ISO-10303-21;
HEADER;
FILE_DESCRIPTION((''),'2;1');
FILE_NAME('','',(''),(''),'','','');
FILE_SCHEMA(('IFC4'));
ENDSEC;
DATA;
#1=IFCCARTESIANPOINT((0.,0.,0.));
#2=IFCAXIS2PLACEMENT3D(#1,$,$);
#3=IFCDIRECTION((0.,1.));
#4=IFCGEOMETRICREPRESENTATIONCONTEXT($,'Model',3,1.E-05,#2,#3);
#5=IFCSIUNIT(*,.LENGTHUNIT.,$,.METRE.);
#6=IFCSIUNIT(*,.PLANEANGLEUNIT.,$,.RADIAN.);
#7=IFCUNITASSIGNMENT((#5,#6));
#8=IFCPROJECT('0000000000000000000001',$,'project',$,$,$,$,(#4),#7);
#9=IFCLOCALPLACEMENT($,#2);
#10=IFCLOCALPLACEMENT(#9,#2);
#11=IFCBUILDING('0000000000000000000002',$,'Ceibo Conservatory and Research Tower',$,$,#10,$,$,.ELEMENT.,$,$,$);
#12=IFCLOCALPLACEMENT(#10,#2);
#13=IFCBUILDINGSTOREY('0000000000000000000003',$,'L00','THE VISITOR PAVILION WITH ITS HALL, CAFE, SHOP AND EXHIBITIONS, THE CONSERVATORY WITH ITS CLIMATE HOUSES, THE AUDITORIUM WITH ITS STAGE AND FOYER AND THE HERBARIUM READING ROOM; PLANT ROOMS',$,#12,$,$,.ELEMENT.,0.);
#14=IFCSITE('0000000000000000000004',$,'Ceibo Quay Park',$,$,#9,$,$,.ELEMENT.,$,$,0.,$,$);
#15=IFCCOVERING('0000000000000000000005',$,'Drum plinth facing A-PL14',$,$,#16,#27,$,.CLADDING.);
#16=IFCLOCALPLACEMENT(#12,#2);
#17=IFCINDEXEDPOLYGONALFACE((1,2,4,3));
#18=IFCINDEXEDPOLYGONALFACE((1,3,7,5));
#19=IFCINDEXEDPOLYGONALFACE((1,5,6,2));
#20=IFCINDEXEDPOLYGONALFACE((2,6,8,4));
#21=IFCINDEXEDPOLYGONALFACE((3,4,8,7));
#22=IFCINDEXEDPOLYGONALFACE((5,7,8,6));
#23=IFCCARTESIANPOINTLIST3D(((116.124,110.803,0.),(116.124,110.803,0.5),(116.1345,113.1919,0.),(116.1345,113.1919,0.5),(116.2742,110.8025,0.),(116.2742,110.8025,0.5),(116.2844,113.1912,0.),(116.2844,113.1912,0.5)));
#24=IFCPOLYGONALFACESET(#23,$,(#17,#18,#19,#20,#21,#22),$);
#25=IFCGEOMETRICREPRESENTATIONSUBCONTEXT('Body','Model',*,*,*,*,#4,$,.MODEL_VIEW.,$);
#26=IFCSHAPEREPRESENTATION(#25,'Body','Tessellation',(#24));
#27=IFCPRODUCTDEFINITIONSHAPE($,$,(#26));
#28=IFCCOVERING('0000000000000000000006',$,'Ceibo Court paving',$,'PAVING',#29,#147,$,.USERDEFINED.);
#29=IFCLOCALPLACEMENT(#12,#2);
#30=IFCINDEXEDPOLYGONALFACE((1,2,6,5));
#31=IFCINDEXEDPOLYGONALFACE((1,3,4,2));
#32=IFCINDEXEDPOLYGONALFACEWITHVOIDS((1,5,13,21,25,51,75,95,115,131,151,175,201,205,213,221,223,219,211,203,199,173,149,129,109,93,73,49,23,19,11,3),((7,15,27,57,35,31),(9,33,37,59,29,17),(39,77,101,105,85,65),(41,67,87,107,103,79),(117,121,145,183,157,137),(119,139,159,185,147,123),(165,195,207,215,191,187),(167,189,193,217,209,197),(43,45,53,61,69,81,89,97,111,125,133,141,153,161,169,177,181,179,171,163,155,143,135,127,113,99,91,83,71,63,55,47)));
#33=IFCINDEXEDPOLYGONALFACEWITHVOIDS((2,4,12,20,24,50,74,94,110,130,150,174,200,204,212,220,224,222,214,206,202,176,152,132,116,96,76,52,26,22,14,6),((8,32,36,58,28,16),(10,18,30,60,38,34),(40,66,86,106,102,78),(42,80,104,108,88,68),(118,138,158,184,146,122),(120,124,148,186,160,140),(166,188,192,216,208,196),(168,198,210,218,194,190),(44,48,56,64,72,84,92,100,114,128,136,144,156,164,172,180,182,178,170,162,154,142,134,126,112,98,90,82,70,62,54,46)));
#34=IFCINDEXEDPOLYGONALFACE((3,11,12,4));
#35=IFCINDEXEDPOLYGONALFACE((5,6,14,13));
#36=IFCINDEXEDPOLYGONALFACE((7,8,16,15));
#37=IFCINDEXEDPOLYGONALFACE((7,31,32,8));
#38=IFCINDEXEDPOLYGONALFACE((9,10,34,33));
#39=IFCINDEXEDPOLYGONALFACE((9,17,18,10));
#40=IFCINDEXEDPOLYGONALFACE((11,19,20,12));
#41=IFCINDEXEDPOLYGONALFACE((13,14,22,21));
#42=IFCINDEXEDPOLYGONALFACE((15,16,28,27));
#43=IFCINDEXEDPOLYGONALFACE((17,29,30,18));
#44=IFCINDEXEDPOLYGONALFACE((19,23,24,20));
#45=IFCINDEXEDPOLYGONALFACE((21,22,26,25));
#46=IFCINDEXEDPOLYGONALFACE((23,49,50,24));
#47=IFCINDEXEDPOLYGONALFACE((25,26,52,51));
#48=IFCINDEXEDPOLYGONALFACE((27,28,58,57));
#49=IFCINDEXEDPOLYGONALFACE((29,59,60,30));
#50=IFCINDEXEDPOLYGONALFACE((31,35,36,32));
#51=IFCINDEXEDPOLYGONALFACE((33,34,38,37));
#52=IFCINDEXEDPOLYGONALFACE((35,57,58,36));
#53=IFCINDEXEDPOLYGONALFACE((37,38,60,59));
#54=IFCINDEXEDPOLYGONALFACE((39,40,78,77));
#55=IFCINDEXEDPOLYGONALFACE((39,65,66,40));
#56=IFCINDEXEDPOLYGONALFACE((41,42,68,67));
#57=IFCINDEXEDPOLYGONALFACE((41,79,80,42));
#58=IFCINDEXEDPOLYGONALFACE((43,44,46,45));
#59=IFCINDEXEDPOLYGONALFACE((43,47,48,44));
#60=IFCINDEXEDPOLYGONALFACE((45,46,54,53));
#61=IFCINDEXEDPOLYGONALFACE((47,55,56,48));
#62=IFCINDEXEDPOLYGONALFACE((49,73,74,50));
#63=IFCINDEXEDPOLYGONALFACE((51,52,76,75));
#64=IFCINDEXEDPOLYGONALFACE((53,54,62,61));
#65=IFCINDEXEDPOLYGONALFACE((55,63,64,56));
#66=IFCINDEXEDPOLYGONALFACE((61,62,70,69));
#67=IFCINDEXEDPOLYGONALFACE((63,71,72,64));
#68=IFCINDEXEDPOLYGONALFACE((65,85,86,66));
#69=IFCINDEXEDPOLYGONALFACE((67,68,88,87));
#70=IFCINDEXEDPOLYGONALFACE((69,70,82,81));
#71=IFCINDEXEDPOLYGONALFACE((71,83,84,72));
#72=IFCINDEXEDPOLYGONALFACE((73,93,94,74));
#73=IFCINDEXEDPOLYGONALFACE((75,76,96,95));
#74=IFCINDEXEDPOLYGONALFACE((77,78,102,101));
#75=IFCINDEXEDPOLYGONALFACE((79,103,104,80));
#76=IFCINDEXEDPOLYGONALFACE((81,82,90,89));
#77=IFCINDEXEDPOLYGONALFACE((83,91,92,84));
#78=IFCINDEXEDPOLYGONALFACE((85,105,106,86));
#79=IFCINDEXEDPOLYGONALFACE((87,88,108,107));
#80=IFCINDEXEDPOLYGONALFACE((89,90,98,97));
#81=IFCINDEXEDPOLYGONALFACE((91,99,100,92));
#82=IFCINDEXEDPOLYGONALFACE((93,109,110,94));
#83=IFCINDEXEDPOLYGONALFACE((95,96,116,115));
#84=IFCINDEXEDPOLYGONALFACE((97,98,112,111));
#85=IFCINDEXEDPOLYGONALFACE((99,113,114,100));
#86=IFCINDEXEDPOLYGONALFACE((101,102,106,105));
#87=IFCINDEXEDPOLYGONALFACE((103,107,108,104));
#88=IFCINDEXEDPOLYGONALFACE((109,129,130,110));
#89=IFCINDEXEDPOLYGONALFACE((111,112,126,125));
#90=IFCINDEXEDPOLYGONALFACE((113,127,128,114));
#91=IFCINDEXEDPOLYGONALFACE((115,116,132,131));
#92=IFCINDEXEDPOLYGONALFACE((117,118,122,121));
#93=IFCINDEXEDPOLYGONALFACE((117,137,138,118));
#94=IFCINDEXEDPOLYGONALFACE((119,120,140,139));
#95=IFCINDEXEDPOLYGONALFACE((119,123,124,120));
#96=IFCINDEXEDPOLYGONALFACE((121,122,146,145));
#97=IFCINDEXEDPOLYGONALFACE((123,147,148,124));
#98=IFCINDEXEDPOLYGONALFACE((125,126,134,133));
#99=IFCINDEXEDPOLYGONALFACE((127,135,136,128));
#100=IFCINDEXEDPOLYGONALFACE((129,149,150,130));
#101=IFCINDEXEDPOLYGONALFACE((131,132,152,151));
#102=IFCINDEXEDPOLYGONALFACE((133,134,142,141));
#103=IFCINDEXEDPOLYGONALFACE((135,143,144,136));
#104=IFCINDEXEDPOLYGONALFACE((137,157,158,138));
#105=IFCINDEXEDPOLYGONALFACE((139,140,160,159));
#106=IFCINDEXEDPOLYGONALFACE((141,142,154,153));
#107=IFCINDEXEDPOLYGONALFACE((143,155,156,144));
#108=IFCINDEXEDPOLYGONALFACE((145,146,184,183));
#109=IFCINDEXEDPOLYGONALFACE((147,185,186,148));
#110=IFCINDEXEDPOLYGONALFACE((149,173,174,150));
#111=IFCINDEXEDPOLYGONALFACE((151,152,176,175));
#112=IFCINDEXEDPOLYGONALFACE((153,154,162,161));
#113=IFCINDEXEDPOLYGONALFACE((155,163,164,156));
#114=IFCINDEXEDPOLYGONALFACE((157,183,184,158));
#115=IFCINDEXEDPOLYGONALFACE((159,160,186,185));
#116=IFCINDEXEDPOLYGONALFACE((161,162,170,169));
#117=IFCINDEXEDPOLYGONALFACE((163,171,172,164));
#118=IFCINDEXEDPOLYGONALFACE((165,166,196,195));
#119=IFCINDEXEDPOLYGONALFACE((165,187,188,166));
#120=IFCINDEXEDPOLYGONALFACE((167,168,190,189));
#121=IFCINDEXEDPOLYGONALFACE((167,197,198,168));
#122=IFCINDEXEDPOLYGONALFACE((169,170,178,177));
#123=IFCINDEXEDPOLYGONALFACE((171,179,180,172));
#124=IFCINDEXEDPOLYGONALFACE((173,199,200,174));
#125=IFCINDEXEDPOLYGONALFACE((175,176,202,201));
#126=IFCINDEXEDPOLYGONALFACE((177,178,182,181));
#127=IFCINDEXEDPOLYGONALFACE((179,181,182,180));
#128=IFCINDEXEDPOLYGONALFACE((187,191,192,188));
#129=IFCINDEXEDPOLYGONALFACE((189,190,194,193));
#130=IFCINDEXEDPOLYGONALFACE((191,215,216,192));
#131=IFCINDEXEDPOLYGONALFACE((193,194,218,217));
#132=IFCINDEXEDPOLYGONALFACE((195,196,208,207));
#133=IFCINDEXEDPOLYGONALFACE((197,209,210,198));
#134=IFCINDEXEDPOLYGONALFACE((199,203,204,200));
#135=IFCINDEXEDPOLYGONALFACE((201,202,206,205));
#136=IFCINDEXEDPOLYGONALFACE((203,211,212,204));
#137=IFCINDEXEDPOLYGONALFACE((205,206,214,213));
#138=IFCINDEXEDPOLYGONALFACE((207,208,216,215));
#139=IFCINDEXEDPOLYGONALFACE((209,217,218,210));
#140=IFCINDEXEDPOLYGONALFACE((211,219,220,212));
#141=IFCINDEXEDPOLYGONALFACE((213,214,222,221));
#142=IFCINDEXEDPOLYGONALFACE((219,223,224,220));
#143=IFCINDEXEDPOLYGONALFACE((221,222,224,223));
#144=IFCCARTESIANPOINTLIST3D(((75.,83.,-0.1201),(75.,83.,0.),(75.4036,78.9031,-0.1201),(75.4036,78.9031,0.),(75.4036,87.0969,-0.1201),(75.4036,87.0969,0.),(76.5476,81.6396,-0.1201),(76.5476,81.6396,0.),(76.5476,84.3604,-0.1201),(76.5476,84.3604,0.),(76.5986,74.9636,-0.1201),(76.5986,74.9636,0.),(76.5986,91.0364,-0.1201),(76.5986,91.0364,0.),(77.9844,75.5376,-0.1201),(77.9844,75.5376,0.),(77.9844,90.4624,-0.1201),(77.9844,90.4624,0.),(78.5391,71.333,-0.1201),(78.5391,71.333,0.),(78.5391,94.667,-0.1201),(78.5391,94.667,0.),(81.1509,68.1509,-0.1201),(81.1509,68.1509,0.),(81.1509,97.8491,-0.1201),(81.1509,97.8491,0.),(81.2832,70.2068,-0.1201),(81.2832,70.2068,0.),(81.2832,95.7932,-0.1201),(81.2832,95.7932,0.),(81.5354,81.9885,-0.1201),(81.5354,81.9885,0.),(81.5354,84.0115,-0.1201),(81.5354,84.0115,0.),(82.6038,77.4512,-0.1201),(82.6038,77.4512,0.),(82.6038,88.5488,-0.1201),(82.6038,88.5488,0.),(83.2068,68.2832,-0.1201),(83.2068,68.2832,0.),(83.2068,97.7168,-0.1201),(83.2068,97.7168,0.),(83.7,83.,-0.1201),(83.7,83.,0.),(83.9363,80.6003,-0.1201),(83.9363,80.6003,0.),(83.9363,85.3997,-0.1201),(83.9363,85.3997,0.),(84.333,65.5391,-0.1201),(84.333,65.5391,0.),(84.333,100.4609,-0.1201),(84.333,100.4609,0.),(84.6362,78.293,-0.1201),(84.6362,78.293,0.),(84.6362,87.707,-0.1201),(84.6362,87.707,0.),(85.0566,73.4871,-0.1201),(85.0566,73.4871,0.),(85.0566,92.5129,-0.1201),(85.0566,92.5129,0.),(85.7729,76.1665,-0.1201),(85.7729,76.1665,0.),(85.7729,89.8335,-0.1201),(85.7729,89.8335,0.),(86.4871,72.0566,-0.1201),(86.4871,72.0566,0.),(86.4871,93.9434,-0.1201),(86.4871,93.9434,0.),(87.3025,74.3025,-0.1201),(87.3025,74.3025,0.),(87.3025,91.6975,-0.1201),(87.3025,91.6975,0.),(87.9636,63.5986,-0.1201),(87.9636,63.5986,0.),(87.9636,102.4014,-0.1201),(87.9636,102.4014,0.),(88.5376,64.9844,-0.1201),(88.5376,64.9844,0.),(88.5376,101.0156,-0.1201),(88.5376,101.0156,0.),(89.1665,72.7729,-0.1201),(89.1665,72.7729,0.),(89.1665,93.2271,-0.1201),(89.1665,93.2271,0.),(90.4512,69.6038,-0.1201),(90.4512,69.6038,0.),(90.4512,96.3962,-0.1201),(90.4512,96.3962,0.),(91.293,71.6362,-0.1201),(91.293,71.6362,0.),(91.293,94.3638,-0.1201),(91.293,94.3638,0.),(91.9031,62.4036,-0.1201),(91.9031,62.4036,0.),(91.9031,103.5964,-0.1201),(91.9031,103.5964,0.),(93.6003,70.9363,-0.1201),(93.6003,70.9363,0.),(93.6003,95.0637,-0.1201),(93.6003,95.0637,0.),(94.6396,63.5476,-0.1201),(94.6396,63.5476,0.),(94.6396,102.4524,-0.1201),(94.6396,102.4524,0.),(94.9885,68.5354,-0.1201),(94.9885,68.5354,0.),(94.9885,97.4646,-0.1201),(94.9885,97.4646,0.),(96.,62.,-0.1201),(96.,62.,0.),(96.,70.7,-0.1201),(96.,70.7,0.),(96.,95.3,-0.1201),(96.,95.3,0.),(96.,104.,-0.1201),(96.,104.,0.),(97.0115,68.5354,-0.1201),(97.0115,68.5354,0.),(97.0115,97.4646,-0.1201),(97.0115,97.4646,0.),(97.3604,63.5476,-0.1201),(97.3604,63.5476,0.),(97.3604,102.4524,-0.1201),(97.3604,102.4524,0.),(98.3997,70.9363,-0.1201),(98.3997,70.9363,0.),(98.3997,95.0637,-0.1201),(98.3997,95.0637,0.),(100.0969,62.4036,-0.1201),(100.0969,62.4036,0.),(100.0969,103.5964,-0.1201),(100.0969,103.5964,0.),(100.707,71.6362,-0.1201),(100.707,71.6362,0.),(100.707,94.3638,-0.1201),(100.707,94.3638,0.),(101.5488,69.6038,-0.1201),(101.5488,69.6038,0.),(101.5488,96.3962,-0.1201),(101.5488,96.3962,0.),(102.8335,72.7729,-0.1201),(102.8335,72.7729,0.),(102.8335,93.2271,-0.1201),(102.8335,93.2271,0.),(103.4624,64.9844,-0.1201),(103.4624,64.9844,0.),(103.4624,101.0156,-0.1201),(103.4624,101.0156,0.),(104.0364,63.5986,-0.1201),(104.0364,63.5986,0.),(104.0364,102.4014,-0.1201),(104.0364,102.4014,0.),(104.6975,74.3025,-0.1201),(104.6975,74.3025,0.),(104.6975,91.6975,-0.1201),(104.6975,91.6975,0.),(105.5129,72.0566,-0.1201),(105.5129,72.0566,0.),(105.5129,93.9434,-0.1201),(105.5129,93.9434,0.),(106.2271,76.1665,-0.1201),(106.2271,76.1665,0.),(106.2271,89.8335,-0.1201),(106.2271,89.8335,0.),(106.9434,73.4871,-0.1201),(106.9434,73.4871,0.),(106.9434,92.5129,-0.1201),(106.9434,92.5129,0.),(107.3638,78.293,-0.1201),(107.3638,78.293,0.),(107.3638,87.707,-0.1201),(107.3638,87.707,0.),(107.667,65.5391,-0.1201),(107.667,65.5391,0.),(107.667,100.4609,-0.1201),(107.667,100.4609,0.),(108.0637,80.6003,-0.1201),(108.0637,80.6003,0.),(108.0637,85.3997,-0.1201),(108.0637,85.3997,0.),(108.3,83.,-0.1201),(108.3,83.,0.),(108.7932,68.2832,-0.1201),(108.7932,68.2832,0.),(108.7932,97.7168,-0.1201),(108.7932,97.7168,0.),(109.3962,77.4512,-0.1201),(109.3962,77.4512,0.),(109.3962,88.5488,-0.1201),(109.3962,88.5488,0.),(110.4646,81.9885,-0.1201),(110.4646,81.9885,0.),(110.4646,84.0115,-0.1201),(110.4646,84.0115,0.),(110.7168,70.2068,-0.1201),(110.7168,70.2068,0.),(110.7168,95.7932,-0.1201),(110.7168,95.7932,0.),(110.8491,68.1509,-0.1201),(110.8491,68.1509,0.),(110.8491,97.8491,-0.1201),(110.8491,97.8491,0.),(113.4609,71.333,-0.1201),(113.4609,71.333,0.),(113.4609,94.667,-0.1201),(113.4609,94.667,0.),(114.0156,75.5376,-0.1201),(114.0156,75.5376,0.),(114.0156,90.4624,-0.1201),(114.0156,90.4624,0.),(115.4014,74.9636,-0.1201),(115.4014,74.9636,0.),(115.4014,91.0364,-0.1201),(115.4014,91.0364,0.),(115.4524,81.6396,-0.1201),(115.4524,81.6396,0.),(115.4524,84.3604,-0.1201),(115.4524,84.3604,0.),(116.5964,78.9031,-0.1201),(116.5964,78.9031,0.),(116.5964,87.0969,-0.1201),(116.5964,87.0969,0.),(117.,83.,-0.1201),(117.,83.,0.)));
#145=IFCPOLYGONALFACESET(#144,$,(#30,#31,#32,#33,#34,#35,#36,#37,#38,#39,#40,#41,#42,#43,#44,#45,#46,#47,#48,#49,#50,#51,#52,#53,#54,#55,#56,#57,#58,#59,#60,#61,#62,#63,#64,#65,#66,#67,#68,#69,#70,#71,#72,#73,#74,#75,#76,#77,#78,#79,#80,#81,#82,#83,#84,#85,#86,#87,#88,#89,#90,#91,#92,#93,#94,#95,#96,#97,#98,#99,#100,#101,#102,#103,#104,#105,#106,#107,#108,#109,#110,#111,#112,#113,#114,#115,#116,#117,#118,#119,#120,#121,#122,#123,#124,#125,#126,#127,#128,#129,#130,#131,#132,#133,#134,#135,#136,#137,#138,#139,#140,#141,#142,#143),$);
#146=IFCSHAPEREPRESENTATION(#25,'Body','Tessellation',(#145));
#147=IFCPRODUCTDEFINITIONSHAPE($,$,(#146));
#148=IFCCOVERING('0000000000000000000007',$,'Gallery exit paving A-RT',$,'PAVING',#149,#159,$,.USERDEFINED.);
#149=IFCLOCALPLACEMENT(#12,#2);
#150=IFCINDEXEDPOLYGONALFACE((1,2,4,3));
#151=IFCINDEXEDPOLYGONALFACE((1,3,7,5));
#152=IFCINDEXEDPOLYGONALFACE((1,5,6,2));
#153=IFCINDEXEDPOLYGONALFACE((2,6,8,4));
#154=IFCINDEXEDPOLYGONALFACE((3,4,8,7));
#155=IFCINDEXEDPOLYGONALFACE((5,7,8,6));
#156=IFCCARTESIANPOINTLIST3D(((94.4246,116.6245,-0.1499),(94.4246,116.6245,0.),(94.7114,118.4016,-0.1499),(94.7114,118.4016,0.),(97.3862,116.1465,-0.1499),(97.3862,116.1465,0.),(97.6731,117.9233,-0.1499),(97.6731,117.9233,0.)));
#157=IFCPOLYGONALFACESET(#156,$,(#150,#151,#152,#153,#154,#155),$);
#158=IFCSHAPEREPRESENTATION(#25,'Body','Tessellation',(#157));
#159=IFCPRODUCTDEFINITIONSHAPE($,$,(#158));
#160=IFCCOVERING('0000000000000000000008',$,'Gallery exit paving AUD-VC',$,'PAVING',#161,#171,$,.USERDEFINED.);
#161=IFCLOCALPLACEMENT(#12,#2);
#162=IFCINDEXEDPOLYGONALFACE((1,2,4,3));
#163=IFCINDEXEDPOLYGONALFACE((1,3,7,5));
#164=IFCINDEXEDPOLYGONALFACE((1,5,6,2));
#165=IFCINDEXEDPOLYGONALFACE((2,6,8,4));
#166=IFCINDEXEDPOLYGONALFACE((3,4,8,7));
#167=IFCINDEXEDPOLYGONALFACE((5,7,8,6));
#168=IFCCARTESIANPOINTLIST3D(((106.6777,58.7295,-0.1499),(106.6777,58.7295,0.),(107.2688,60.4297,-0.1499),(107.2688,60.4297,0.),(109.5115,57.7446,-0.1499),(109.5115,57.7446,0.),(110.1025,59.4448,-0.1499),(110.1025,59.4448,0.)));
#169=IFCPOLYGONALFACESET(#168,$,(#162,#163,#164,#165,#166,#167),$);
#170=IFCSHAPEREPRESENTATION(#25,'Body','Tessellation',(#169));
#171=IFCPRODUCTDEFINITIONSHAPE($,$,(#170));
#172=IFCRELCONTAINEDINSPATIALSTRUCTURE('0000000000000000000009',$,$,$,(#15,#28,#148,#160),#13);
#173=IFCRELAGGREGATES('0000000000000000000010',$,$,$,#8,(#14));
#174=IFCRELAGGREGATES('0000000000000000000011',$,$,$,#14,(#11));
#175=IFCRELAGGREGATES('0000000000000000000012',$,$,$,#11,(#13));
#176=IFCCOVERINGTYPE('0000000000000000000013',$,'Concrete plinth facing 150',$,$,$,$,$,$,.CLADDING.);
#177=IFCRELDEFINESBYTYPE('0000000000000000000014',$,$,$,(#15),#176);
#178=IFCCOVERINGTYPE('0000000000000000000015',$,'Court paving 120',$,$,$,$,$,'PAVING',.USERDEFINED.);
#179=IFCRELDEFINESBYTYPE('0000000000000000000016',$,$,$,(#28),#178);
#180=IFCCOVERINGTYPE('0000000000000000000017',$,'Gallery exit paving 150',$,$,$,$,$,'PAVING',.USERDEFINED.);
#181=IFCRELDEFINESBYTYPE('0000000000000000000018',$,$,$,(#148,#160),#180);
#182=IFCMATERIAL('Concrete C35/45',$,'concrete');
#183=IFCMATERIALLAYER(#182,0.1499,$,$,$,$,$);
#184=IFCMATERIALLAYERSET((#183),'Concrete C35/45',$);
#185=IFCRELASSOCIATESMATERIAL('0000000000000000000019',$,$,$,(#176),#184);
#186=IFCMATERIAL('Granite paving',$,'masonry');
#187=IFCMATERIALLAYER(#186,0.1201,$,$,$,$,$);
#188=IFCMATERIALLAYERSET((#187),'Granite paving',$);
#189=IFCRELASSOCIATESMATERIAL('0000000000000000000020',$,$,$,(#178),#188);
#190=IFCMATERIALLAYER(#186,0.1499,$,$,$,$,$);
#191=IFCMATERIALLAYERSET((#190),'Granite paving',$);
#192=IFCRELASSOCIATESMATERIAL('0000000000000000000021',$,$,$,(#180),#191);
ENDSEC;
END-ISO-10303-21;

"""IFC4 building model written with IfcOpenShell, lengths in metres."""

from ifc_helpers import new_model, si_unit, direction, frame, origin, place, context, subcontext, project, spatial, polyline, outline, extrude, material, layer, layer_set, type_object, element, save


model = new_model("IFC4")

# Units and contexts
model_context = context("Model", 3, precision=1e-05, world=origin(), true_north=direction((0.0, 1.0)))
body_context = subcontext(model_context, "Body", "Model", "MODEL_VIEW")
ifc_project = project(units=[si_unit("LENGTHUNIT", "METRE"), si_unit("PLANEANGLEUNIT", "RADIAN")], contexts=[model_context])

# Site, building, storey
site_placement = place(None, origin())
site = spatial("IfcSite", under=ifc_project, at=site_placement, Name="Ceibo Quay Park", CompositionType="ELEMENT", RefElevation=0.0)
building_placement = place(site_placement, origin())
building = spatial("IfcBuilding", under=site, at=building_placement, Name="Ceibo Conservatory and Research Tower", CompositionType="ELEMENT")
storey_placement = place(building_placement, origin())
storey = spatial("IfcBuildingStorey", under=building, at=storey_placement, Name="L00", Description="THE VISITOR PAVILION WITH ITS HALL, CAFE, SHOP AND EXHIBITIONS, THE CONSERVATORY WITH ITS CLIMATE HOUSES, THE AUDITORIUM WITH ITS STAGE AND FOYER AND THE HERBARIUM READING ROOM; PLANT ROOMS", CompositionType="ELEMENT", Elevation=0.0)

# Shared definitions
ifc_material_1 = material(Name="Concrete C35/45", Category="concrete")

# Coverings
ifc_layer_1 = layer(ifc_material_1, 0.1499)
ifc_layer_set_1 = layer_set([ifc_layer_1], Name="Concrete C35/45")
covering_type_1 = type_object("IfcCoveringType", Name="Concrete plinth facing 150", PredefinedType="CLADDING", material=ifc_layer_set_1)
covering_1_placement = place(storey_placement, origin())
element("IfcCovering", 1, at=covering_1_placement, inside=storey, type_object=covering_type_1, Name="Drum plinth facing A-PL14", PredefinedType="CLADDING", context=body_context, shape_type="SweptSolid", body=[
    extrude(outline(polyline([(116.2844, 113.1912), (116.2742, 110.8025), (116.124, 110.803), (116.1345, 113.1919), (116.2844, 113.1912)])), origin(), (0.0, 0.0, 1.0), 0.5),
])
ifc_material_2 = material(Name="Granite paving", Category="masonry")
ifc_layer_2 = layer(ifc_material_2, 0.1201)
ifc_layer_set_2 = layer_set([ifc_layer_2], Name="Granite paving")
covering_type_2 = type_object("IfcCoveringType", Name="Court paving 120", ElementType="PAVING", PredefinedType="USERDEFINED", material=ifc_layer_set_2)
covering_2_placement = place(storey_placement, frame((0.0, 0.0, -0.1201)))
element("IfcCovering", 2, at=covering_2_placement, inside=storey, type_object=covering_type_2, Name="Ceibo Court paving", ObjectType="PAVING", PredefinedType="USERDEFINED", context=body_context, shape_type="SweptSolid", body=[
    extrude(outline(polyline([(117.0, 83.0), (116.5964, 87.0969), (115.4014, 91.0364), (113.4609, 94.667), (110.8491, 97.8491), (107.667, 100.4609), (104.0364, 102.4014), (100.0969, 103.5964), (96.0, 104.0), (91.9031, 103.5964), (87.9636, 102.4014), (84.333, 100.4609), (81.1509, 97.8491), (78.5391, 94.667), (76.5986, 91.0364), (75.4036, 87.0969), (75.0, 83.0), (75.4036, 78.9031), (76.5986, 74.9636), (78.5391, 71.333), (81.1509, 68.1509), (84.333, 65.5391), (87.9636, 63.5986), (91.9031, 62.4036), (96.0, 62.0), (100.0969, 62.4036), (104.0364, 63.5986), (107.667, 65.5391), (110.8491, 68.1509), (113.4609, 71.333), (115.4014, 74.9636), (116.5964, 78.9031), (117.0, 83.0)]), holes=[polyline([(108.3, 83.0), (108.0637, 85.3997), (107.3638, 87.707), (106.2271, 89.8335), (104.6975, 91.6975), (102.8335, 93.2271), (100.707, 94.3638), (98.3997, 95.0637), (96.0, 95.3), (93.6003, 95.0637), (91.293, 94.3638), (89.1665, 93.2271), (87.3025, 91.6975), (85.7729, 89.8335), (84.6362, 87.707), (83.9363, 85.3997), (83.7, 83.0), (83.9363, 80.6003), (84.6362, 78.293), (85.7729, 76.1665), (87.3025, 74.3025), (89.1665, 72.7729), (91.293, 71.6362), (93.6003, 70.9363), (96.0, 70.7), (98.3997, 70.9363), (100.707, 71.6362), (102.8335, 72.7729), (104.6975, 74.3025), (106.2271, 76.1665), (107.3638, 78.293), (108.0637, 80.6003), (108.3, 83.0)]), polyline([(110.4646, 84.0115), (115.4524, 84.3604), (114.0156, 90.4624), (110.7168, 95.7932), (106.9434, 92.5129), (109.3962, 88.5488), (110.4646, 84.0115)]), polyline([(105.5129, 93.9434), (108.7932, 97.7168), (103.4624, 101.0156), (97.3604, 102.4524), (97.0115, 97.4646), (101.5488, 96.3962), (105.5129, 93.9434)]), polyline([(94.9885, 97.4646), (94.6396, 102.4524), (88.5376, 101.0156), (83.2068, 97.7168), (86.4871, 93.9434), (90.4512, 96.3962), (94.9885, 97.4646)]), polyline([(85.0566, 92.5129), (81.2832, 95.7932), (77.9844, 90.4624), (76.5476, 84.3604), (81.5354, 84.0115), (82.6038, 88.5488), (85.0566, 92.5129)]), polyline([(81.5354, 81.9885), (76.5476, 81.6396), (77.9844, 75.5376), (81.2832, 70.2068), (85.0566, 73.4871), (82.6038, 77.4512), (81.5354, 81.9885)]), polyline([(86.4871, 72.0566), (83.2068, 68.2832), (88.5376, 64.9844), (94.6396, 63.5476), (94.9885, 68.5354), (90.4512, 69.6038), (86.4871, 72.0566)]), polyline([(97.0115, 68.5354), (97.3604, 63.5476), (103.4624, 64.9844), (108.7932, 68.2832), (105.5129, 72.0566), (101.5488, 69.6038), (97.0115, 68.5354)]), polyline([(106.9434, 73.4871), (110.7168, 70.2068), (114.0156, 75.5376), (115.4524, 81.6396), (110.4646, 81.9885), (109.3962, 77.4512), (106.9434, 73.4871)])]), origin(), (0.0, 0.0, 1.0), 0.1201),
])
ifc_layer_3 = layer(ifc_material_2, 0.1499)
ifc_layer_set_3 = layer_set([ifc_layer_3], Name="Granite paving")
covering_type_3 = type_object("IfcCoveringType", Name="Gallery exit paving 150", ElementType="PAVING", PredefinedType="USERDEFINED", material=ifc_layer_set_3)
covering_3_placement = place(storey_placement, frame((0.0, 0.0, -0.1499)))
element("IfcCovering", 3, at=covering_3_placement, inside=storey, type_object=covering_type_3, Name="Gallery exit paving A-RT", ObjectType="PAVING", PredefinedType="USERDEFINED", context=body_context, shape_type="SweptSolid", body=[
    extrude(outline(polyline([(97.3862, 116.1465), (94.4246, 116.6245), (94.7114, 118.4016), (97.6731, 117.9233), (97.3862, 116.1465)])), origin(), (0.0, 0.0, 1.0), 0.1499),
])
covering_4_placement = place(storey_placement, frame((0.0, 0.0, -0.1499)))
element("IfcCovering", 4, at=covering_4_placement, inside=storey, type_object=covering_type_3, Name="Gallery exit paving AUD-VC", ObjectType="PAVING", PredefinedType="USERDEFINED", context=body_context, shape_type="SweptSolid", body=[
    extrude(outline(polyline([(106.6777, 58.7295), (109.5115, 57.7446), (110.1025, 59.4448), (107.2688, 60.4297), (106.6777, 58.7295)])), origin(), (0.0, 0.0, 1.0), 0.1499),
])

save(model, "model.ifc")
